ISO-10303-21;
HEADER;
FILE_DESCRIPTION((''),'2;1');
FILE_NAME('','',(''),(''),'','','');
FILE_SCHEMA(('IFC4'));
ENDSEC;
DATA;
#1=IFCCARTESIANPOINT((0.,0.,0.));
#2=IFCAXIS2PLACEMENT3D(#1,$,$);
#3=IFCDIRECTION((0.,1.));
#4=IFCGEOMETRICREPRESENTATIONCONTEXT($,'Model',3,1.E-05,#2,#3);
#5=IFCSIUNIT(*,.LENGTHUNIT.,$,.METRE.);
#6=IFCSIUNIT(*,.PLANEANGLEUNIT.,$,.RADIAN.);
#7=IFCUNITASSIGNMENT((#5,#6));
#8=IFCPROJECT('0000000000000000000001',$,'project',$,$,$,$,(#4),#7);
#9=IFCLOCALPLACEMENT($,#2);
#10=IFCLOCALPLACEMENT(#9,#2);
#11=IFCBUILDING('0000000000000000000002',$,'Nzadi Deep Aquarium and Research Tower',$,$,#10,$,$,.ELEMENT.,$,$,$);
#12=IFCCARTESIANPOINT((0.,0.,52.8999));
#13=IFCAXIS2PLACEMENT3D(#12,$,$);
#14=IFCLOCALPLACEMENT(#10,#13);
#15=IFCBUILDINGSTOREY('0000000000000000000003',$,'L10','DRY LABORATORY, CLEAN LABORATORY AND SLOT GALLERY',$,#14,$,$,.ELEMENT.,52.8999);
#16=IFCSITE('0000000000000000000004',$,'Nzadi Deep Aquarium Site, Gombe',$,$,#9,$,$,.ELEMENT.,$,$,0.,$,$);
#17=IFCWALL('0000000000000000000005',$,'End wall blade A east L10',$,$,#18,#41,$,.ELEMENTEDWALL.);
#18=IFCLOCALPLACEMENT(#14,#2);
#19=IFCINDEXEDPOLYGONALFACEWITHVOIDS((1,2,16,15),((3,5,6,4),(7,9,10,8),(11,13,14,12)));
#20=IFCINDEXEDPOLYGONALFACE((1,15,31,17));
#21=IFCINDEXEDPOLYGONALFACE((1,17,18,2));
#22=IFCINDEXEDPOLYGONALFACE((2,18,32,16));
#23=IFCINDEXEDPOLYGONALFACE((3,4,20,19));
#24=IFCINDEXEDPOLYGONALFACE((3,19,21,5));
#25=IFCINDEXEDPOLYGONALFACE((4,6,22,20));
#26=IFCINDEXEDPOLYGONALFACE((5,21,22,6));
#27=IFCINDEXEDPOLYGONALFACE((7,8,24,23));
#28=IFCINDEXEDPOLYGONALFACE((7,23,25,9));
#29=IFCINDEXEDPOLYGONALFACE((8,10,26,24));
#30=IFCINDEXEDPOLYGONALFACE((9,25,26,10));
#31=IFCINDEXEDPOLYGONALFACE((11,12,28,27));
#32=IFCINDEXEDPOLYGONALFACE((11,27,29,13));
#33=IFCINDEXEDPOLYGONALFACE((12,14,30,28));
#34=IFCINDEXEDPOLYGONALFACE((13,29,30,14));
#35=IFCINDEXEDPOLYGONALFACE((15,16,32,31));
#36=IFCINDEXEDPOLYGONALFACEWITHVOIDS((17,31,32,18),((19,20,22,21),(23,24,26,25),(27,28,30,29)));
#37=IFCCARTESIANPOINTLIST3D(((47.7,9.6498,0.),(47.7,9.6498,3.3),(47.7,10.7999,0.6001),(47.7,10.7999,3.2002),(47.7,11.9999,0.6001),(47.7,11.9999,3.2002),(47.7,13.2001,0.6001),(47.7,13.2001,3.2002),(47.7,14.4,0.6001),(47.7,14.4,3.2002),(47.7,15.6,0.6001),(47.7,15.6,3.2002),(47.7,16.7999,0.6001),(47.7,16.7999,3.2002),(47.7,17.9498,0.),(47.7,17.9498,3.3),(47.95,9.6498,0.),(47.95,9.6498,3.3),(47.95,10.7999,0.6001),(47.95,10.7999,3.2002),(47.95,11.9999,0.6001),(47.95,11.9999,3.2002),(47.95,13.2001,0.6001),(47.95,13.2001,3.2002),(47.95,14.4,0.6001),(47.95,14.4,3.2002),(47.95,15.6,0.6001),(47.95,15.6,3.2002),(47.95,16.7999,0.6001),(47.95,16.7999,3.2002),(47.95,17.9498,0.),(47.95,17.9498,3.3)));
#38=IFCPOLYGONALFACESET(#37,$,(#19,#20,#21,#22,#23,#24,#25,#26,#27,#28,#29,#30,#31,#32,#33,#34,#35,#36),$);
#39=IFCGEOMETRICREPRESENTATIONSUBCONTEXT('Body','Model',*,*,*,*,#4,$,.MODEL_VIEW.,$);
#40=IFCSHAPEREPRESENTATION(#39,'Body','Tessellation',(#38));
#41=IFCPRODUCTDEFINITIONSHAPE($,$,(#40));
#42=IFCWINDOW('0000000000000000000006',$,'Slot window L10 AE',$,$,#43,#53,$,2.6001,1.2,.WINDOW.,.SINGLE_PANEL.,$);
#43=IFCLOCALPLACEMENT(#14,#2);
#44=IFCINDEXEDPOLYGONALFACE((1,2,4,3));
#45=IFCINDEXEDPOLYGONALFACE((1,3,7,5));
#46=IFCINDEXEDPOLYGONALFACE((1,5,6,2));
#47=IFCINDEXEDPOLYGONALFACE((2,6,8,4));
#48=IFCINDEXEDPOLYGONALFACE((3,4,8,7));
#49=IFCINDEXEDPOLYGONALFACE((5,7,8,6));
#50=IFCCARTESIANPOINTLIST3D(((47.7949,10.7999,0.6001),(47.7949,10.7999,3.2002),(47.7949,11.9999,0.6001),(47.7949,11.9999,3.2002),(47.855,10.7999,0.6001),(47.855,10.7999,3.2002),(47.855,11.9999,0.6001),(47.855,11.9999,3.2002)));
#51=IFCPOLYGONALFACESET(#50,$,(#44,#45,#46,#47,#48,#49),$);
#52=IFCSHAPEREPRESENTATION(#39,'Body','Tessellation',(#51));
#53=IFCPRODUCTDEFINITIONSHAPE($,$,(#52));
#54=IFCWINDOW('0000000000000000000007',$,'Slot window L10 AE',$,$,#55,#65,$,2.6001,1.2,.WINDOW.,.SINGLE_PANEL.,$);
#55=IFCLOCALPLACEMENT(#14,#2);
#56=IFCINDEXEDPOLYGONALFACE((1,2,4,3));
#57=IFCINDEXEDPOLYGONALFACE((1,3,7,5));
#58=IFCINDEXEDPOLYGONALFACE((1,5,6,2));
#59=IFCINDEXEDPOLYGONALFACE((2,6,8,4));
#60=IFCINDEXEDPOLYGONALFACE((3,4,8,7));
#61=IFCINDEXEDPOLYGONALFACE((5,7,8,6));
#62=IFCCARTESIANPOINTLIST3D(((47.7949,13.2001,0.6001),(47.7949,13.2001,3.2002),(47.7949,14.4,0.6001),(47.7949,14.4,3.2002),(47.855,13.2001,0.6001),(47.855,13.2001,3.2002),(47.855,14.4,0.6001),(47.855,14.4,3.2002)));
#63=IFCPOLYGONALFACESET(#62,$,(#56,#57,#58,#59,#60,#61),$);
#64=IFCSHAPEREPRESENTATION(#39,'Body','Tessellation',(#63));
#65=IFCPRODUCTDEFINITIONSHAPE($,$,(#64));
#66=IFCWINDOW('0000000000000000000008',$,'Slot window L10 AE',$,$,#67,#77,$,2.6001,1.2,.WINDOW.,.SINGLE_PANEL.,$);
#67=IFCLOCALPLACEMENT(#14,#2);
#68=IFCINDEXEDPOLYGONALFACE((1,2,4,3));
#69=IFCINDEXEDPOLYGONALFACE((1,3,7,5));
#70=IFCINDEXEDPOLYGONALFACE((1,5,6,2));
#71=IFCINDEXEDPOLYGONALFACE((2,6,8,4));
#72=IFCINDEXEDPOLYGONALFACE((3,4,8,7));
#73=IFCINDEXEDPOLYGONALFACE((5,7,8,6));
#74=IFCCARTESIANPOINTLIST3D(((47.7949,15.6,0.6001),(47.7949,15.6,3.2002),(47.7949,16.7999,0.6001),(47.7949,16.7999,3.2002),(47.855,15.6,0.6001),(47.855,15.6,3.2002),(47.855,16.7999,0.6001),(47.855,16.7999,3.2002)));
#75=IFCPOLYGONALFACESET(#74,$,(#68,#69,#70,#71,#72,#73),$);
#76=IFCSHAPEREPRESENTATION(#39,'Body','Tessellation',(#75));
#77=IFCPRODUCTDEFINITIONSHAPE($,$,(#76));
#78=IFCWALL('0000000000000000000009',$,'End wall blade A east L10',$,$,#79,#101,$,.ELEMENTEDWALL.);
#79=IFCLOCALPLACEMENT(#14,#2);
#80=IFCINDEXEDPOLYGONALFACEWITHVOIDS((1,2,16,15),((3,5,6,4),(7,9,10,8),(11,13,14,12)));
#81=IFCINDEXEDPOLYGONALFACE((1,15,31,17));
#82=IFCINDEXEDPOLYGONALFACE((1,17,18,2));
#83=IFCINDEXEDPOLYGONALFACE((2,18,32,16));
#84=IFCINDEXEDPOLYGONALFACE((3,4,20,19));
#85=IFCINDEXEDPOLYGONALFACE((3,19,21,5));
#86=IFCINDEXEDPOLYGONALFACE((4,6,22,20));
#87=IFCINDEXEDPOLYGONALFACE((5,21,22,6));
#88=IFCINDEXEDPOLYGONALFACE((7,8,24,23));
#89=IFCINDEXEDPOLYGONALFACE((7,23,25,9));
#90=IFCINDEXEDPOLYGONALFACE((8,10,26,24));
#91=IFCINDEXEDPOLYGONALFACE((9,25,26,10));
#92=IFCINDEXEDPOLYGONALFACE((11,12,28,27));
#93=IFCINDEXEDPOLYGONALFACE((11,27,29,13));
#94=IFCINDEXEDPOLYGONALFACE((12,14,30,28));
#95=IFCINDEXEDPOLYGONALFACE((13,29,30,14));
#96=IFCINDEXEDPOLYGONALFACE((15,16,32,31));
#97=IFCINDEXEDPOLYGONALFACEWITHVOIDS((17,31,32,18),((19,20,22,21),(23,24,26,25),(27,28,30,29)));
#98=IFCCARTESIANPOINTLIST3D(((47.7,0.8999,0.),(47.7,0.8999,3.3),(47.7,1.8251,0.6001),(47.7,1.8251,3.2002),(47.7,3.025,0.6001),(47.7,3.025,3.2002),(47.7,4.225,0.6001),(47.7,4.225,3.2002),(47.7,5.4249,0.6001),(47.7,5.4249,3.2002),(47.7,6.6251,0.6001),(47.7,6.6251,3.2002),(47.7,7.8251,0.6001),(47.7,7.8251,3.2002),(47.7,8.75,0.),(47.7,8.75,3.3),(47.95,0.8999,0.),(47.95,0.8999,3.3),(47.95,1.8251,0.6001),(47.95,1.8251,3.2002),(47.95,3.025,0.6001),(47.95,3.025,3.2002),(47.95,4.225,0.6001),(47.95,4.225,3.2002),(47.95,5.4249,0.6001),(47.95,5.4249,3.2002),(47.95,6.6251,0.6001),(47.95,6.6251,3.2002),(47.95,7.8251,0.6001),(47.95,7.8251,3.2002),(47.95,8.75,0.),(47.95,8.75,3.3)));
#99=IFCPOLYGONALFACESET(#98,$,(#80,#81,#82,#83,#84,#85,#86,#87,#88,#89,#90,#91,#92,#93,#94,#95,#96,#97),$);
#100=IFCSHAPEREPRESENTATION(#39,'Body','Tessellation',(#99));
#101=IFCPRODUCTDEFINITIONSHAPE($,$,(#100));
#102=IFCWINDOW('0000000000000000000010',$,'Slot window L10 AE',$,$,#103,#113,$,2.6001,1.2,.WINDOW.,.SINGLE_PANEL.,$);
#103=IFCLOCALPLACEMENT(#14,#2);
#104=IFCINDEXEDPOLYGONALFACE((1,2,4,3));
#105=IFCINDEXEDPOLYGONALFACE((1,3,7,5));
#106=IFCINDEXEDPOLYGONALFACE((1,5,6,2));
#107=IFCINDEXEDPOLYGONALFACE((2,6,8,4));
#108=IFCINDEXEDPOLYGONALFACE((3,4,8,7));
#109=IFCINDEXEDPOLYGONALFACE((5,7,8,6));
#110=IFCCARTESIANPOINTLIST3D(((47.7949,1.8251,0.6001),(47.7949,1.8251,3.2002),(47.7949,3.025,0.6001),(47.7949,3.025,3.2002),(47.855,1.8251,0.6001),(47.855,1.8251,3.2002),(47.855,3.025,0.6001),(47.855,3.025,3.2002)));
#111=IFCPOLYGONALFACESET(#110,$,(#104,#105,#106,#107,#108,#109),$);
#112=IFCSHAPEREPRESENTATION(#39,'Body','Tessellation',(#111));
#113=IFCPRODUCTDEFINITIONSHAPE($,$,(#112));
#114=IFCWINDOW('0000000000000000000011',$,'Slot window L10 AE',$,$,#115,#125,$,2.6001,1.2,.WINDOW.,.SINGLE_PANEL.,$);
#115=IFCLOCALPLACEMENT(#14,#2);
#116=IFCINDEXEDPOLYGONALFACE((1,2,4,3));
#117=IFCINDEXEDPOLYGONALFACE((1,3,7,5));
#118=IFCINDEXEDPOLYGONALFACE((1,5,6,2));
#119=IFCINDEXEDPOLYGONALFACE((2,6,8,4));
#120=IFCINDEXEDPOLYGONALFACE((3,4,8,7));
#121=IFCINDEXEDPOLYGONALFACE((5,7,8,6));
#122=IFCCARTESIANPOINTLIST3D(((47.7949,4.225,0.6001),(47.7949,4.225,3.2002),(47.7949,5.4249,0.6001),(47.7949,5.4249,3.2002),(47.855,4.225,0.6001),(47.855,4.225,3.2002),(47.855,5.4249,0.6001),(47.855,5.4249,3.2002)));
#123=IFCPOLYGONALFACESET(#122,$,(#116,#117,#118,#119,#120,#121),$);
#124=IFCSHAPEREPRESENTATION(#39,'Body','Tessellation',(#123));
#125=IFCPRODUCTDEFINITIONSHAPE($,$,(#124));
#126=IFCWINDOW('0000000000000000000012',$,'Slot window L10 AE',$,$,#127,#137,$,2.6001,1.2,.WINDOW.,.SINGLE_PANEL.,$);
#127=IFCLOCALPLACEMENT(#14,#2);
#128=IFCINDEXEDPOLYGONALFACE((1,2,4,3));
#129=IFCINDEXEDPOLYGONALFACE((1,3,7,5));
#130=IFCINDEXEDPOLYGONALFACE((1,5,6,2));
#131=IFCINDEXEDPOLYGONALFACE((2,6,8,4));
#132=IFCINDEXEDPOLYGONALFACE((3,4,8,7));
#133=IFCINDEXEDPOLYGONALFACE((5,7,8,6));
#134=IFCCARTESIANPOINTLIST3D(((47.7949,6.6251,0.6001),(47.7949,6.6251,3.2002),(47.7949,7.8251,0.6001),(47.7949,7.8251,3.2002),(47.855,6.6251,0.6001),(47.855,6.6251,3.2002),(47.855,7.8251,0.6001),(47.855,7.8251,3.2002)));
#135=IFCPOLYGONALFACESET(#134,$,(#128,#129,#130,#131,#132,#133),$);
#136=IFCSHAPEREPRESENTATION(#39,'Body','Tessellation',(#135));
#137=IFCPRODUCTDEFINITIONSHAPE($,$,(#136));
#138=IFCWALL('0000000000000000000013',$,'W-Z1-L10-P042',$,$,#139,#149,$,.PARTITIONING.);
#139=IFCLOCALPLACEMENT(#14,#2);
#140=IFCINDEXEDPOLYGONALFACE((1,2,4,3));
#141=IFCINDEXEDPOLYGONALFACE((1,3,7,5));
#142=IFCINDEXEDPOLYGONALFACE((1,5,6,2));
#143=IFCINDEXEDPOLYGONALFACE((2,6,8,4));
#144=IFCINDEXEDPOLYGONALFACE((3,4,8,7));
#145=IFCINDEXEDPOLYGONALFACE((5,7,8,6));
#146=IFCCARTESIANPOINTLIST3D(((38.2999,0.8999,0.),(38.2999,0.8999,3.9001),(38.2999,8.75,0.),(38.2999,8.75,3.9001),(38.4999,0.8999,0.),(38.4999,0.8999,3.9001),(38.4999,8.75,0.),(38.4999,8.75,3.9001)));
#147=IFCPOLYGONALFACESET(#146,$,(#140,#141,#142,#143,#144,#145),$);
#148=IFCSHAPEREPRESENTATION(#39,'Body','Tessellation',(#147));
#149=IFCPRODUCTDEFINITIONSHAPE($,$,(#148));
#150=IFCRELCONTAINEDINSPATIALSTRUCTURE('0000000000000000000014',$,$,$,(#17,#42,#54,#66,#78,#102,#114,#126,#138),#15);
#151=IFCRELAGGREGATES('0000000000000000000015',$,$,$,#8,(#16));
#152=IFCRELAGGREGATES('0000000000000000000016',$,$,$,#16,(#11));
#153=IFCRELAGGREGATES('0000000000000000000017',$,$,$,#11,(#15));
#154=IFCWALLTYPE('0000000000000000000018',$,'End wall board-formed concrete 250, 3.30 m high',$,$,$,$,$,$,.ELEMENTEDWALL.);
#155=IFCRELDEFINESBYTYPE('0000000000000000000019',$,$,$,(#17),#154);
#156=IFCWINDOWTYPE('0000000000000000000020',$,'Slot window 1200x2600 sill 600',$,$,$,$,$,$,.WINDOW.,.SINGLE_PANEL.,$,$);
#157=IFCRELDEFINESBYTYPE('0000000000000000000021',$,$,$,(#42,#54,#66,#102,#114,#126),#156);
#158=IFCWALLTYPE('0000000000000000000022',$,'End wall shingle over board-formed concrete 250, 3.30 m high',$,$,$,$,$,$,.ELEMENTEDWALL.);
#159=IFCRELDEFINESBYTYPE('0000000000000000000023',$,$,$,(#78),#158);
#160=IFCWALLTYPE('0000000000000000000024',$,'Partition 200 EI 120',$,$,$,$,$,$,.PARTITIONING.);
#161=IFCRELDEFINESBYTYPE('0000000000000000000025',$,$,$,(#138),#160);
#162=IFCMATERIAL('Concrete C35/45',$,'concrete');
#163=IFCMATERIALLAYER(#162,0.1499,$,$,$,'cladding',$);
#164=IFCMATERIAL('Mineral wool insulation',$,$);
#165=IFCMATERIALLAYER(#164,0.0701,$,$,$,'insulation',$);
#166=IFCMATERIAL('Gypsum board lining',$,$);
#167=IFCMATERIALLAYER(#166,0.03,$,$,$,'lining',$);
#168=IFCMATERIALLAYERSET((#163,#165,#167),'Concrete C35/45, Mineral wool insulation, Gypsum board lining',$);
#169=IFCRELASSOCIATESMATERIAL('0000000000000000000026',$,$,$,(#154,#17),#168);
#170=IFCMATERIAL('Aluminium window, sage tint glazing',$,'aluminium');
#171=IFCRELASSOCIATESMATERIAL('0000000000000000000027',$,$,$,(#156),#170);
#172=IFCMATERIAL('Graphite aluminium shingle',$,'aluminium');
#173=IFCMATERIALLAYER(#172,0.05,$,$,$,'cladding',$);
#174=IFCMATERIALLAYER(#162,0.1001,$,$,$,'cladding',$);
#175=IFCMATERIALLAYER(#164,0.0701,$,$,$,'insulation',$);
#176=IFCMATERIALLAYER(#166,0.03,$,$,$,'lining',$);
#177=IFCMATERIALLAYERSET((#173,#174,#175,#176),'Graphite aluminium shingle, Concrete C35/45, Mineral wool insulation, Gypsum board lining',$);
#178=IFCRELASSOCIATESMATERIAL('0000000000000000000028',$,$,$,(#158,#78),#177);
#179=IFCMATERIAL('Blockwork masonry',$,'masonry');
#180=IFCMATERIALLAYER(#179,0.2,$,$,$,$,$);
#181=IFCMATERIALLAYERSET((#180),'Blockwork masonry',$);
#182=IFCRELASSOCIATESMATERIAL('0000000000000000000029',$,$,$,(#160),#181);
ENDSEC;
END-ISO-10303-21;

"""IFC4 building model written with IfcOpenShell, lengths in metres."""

from ifc_helpers import new_model, si_unit, direction, frame, frame_2d, origin, place, context, subcontext, project, spatial, rectangle, extrude, material, layer, layer_set, layer_usage, type_object, element, fill, save


model = new_model("IFC4")

# Units and contexts
model_context = context("Model", 3, precision=1e-05, world=origin(), true_north=direction((0.0, 1.0)))
body_context = subcontext(model_context, "Body", "Model", "MODEL_VIEW")
ifc_project = project(units=[si_unit("LENGTHUNIT", "METRE"), si_unit("PLANEANGLEUNIT", "RADIAN")], contexts=[model_context])

# Site, building, storey
site_placement = place(None, origin())
site = spatial("IfcSite", under=ifc_project, at=site_placement, Name="Nzadi Deep Aquarium Site, Gombe", CompositionType="ELEMENT", RefElevation=0.0)
building_placement = place(site_placement, origin())
building = spatial("IfcBuilding", under=site, at=building_placement, Name="Nzadi Deep Aquarium and Research Tower", CompositionType="ELEMENT")
storey_placement = place(building_placement, frame((0.0, 0.0, 52.8999)))
storey = spatial("IfcBuildingStorey", under=building, at=storey_placement, Name="L10", Description="DRY LABORATORY, CLEAN LABORATORY AND SLOT GALLERY", CompositionType="ELEMENT", Elevation=52.8999)

# Walls, openings, windows
ifc_material_1 = material(Name="Concrete C35/45", Category="concrete")
ifc_layer_1 = layer(ifc_material_1, 0.1499, Category="cladding")
ifc_material_2 = material(Name="Mineral wool insulation")
ifc_layer_2 = layer(ifc_material_2, 0.0701, Category="insulation")
ifc_material_3 = material(Name="Gypsum board lining")
ifc_layer_3 = layer(ifc_material_3, 0.03, Category="lining")
ifc_layer_set_1 = layer_set([ifc_layer_1, ifc_layer_2, ifc_layer_3], Name="Concrete C35/45, Mineral wool insulation, Gypsum board lining")
ifc_layer_usage_1 = layer_usage(ifc_layer_set_1, "AXIS2", "POSITIVE", -0.125)
wall_type_1 = type_object("IfcWallType", Name="End wall board-formed concrete 250, 3.30 m high", PredefinedType="ELEMENTEDWALL", material=ifc_layer_set_1)
wall_1_placement = place(storey_placement, frame((47.825, 9.6499, 0.0), z_axis=(0.0, 0.0, 1.0), x_axis=(0.0, 1.0, 0.0)))
wall_1 = element("IfcWall", 1, at=wall_1_placement, inside=storey, type_object=wall_type_1, material=ifc_layer_usage_1, Name="End wall blade A east L10", PredefinedType="ELEMENTEDWALL", context=body_context, shape_type="SweptSolid", body=[
    extrude(rectangle(XDim=8.3, YDim=0.25, at=frame_2d((4.1499, 0.0))), origin(), (0.0, 0.0, 1.0), 3.3),
])
opening_1_placement = place(wall_1_placement, frame((1.1499, 0.0, 0.6001)))
opening_1 = element("IfcOpeningElement", 2, at=opening_1_placement, cuts=wall_1, PredefinedType="OPENING", context=body_context, shape_type="SweptSolid", body=[
    extrude(rectangle(XDim=1.2, YDim=2.6001, at=frame_2d((0.6001, 1.3))), frame((0.0, 0.135, 0.0), z_axis=(0.0, -1.0, 0.0), x_axis=(1.0, 0.0, 0.0)), (0.0, 0.0, 1.0), 0.27),
])
opening_2_placement = place(wall_1_placement, frame((3.55, 0.0, 0.6001)))
opening_2 = element("IfcOpeningElement", 3, at=opening_2_placement, cuts=wall_1, PredefinedType="OPENING", context=body_context, shape_type="SweptSolid", body=[
    extrude(rectangle(XDim=1.2, YDim=2.6001, at=frame_2d((0.6001, 1.3))), frame((0.0, 0.135, 0.0), z_axis=(0.0, -1.0, 0.0), x_axis=(1.0, 0.0, 0.0)), (0.0, 0.0, 1.0), 0.27),
])
opening_3_placement = place(wall_1_placement, frame((5.95, 0.0, 0.6001)))
opening_3 = element("IfcOpeningElement", 4, at=opening_3_placement, cuts=wall_1, PredefinedType="OPENING", context=body_context, shape_type="SweptSolid", body=[
    extrude(rectangle(XDim=1.2, YDim=2.6001, at=frame_2d((0.6001, 1.3))), frame((0.0, 0.135, 0.0), z_axis=(0.0, -1.0, 0.0), x_axis=(1.0, 0.0, 0.0)), (0.0, 0.0, 1.0), 0.27),
])
ifc_material_4 = material(Name="Aluminium window, sage tint glazing", Category="aluminium")
window_type = type_object("IfcWindowType", Name="Slot window 1200x2600 sill 600", PartitioningType="SINGLE_PANEL", PredefinedType="WINDOW", material=ifc_material_4)
window_1_placement = place(opening_1_placement, origin())
window_1 = element("IfcWindow", 5, at=window_1_placement, inside=storey, type_object=window_type, Name="Slot window L10 AE", OverallHeight=2.6001, OverallWidth=1.2, PartitioningType="SINGLE_PANEL", PredefinedType="WINDOW", context=body_context, shape_type="SweptSolid", body=[
    extrude(rectangle(XDim=1.2, YDim=2.6001, at=frame_2d((0.6001, 1.3))), frame((0.0, 0.03, 0.0), z_axis=(0.0, -1.0, 0.0), x_axis=(1.0, 0.0, 0.0)), (0.0, 0.0, 1.0), 0.0601),
])
fill(opening_1, window_1)
window_2_placement = place(opening_2_placement, origin())
window_2 = element("IfcWindow", 6, at=window_2_placement, inside=storey, type_object=window_type, Name="Slot window L10 AE", OverallHeight=2.6001, OverallWidth=1.2, PartitioningType="SINGLE_PANEL", PredefinedType="WINDOW", context=body_context, shape_type="SweptSolid", body=[
    extrude(rectangle(XDim=1.2, YDim=2.6001, at=frame_2d((0.6001, 1.3))), frame((0.0, 0.03, 0.0), z_axis=(0.0, -1.0, 0.0), x_axis=(1.0, 0.0, 0.0)), (0.0, 0.0, 1.0), 0.0601),
])
fill(opening_2, window_2)
window_3_placement = place(opening_3_placement, origin())
window_3 = element("IfcWindow", 7, at=window_3_placement, inside=storey, type_object=window_type, Name="Slot window L10 AE", OverallHeight=2.6001, OverallWidth=1.2, PartitioningType="SINGLE_PANEL", PredefinedType="WINDOW", context=body_context, shape_type="SweptSolid", body=[
    extrude(rectangle(XDim=1.2, YDim=2.6001, at=frame_2d((0.6001, 1.3))), frame((0.0, 0.03, 0.0), z_axis=(0.0, -1.0, 0.0), x_axis=(1.0, 0.0, 0.0)), (0.0, 0.0, 1.0), 0.0601),
])
fill(opening_3, window_3)
ifc_material_5 = material(Name="Graphite aluminium shingle", Category="aluminium")
ifc_layer_4 = layer(ifc_material_5, 0.05, Category="cladding")
ifc_layer_5 = layer(ifc_material_1, 0.1001, Category="cladding")
ifc_layer_6 = layer(ifc_material_2, 0.0701, Category="insulation")
ifc_layer_7 = layer(ifc_material_3, 0.03, Category="lining")
ifc_layer_set_2 = layer_set([ifc_layer_4, ifc_layer_5, ifc_layer_6, ifc_layer_7], Name="Graphite aluminium shingle, Concrete C35/45, Mineral wool insulation, Gypsum board lining")
ifc_layer_usage_2 = layer_usage(ifc_layer_set_2, "AXIS2", "POSITIVE", -0.125)
wall_type_2 = type_object("IfcWallType", Name="End wall shingle over board-formed concrete 250, 3.30 m high", PredefinedType="ELEMENTEDWALL", material=ifc_layer_set_2)
wall_2_placement = place(storey_placement, frame((47.825, 0.8999, 0.0), z_axis=(0.0, 0.0, 1.0), x_axis=(0.0, 1.0, 0.0)))
wall_2 = element("IfcWall", 8, at=wall_2_placement, inside=storey, type_object=wall_type_2, material=ifc_layer_usage_2, Name="End wall blade A east L10", PredefinedType="ELEMENTEDWALL", context=body_context, shape_type="SweptSolid", body=[
    extrude(rectangle(XDim=7.8501, YDim=0.25, at=frame_2d((3.925, 0.0))), origin(), (0.0, 0.0, 1.0), 3.3),
])
opening_4_placement = place(wall_2_placement, frame((0.925, 0.0, 0.6001)))
opening_4 = element("IfcOpeningElement", 9, at=opening_4_placement, cuts=wall_2, PredefinedType="OPENING", context=body_context, shape_type="SweptSolid", body=[
    extrude(rectangle(XDim=1.2, YDim=2.6001, at=frame_2d((0.6001, 1.3))), frame((0.0, 0.135, 0.0), z_axis=(0.0, -1.0, 0.0), x_axis=(1.0, 0.0, 0.0)), (0.0, 0.0, 1.0), 0.27),
])
opening_5_placement = place(wall_2_placement, frame((3.325, 0.0, 0.6001)))
opening_5 = element("IfcOpeningElement", 10, at=opening_5_placement, cuts=wall_2, PredefinedType="OPENING", context=body_context, shape_type="SweptSolid", body=[
    extrude(rectangle(XDim=1.2, YDim=2.6001, at=frame_2d((0.6001, 1.3))), frame((0.0, 0.135, 0.0), z_axis=(0.0, -1.0, 0.0), x_axis=(1.0, 0.0, 0.0)), (0.0, 0.0, 1.0), 0.27),
])
opening_6_placement = place(wall_2_placement, frame((5.7251, 0.0, 0.6001)))
opening_6 = element("IfcOpeningElement", 11, at=opening_6_placement, cuts=wall_2, PredefinedType="OPENING", context=body_context, shape_type="SweptSolid", body=[
    extrude(rectangle(XDim=1.2, YDim=2.6001, at=frame_2d((0.6001, 1.3))), frame((0.0, 0.135, 0.0), z_axis=(0.0, -1.0, 0.0), x_axis=(1.0, 0.0, 0.0)), (0.0, 0.0, 1.0), 0.27),
])
window_4_placement = place(opening_4_placement, origin())
window_4 = element("IfcWindow", 12, at=window_4_placement, inside=storey, type_object=window_type, Name="Slot window L10 AE", OverallHeight=2.6001, OverallWidth=1.2, PartitioningType="SINGLE_PANEL", PredefinedType="WINDOW", context=body_context, shape_type="SweptSolid", body=[
    extrude(rectangle(XDim=1.2, YDim=2.6001, at=frame_2d((0.6001, 1.3))), frame((0.0, 0.03, 0.0), z_axis=(0.0, -1.0, 0.0), x_axis=(1.0, 0.0, 0.0)), (0.0, 0.0, 1.0), 0.0601),
])
fill(opening_4, window_4)
window_5_placement = place(opening_5_placement, origin())
window_5 = element("IfcWindow", 13, at=window_5_placement, inside=storey, type_object=window_type, Name="Slot window L10 AE", OverallHeight=2.6001, OverallWidth=1.2, PartitioningType="SINGLE_PANEL", PredefinedType="WINDOW", context=body_context, shape_type="SweptSolid", body=[
    extrude(rectangle(XDim=1.2, YDim=2.6001, at=frame_2d((0.6001, 1.3))), frame((0.0, 0.03, 0.0), z_axis=(0.0, -1.0, 0.0), x_axis=(1.0, 0.0, 0.0)), (0.0, 0.0, 1.0), 0.0601),
])
fill(opening_5, window_5)
window_6_placement = place(opening_6_placement, origin())
window_6 = element("IfcWindow", 14, at=window_6_placement, inside=storey, type_object=window_type, Name="Slot window L10 AE", OverallHeight=2.6001, OverallWidth=1.2, PartitioningType="SINGLE_PANEL", PredefinedType="WINDOW", context=body_context, shape_type="SweptSolid", body=[
    extrude(rectangle(XDim=1.2, YDim=2.6001, at=frame_2d((0.6001, 1.3))), frame((0.0, 0.03, 0.0), z_axis=(0.0, -1.0, 0.0), x_axis=(1.0, 0.0, 0.0)), (0.0, 0.0, 1.0), 0.0601),
])
fill(opening_6, window_6)

# Wall
ifc_material_6 = material(Name="Blockwork masonry", Category="masonry")
ifc_layer_8 = layer(ifc_material_6, 0.2)
ifc_layer_set_3 = layer_set([ifc_layer_8], Name="Blockwork masonry")
wall_type_3 = type_object("IfcWallType", Name="Partition 200 EI 120", PredefinedType="PARTITIONING", material=ifc_layer_set_3)
wall_3_placement = place(storey_placement, frame((38.3999, 0.8999, 0.0), z_axis=(0.0, 0.0, 1.0), x_axis=(0.0, 1.0, 0.0)))
element("IfcWall", 15, at=wall_3_placement, inside=storey, type_object=wall_type_3, Name="W-Z1-L10-P042", PredefinedType="PARTITIONING", context=body_context, shape_type="SweptSolid", body=[
    extrude(rectangle(XDim=7.8501, YDim=0.2, at=frame_2d((3.925, 0.0))), origin(), (0.0, 0.0, 1.0), 3.9001),
])

save(model, "model.ifc")
